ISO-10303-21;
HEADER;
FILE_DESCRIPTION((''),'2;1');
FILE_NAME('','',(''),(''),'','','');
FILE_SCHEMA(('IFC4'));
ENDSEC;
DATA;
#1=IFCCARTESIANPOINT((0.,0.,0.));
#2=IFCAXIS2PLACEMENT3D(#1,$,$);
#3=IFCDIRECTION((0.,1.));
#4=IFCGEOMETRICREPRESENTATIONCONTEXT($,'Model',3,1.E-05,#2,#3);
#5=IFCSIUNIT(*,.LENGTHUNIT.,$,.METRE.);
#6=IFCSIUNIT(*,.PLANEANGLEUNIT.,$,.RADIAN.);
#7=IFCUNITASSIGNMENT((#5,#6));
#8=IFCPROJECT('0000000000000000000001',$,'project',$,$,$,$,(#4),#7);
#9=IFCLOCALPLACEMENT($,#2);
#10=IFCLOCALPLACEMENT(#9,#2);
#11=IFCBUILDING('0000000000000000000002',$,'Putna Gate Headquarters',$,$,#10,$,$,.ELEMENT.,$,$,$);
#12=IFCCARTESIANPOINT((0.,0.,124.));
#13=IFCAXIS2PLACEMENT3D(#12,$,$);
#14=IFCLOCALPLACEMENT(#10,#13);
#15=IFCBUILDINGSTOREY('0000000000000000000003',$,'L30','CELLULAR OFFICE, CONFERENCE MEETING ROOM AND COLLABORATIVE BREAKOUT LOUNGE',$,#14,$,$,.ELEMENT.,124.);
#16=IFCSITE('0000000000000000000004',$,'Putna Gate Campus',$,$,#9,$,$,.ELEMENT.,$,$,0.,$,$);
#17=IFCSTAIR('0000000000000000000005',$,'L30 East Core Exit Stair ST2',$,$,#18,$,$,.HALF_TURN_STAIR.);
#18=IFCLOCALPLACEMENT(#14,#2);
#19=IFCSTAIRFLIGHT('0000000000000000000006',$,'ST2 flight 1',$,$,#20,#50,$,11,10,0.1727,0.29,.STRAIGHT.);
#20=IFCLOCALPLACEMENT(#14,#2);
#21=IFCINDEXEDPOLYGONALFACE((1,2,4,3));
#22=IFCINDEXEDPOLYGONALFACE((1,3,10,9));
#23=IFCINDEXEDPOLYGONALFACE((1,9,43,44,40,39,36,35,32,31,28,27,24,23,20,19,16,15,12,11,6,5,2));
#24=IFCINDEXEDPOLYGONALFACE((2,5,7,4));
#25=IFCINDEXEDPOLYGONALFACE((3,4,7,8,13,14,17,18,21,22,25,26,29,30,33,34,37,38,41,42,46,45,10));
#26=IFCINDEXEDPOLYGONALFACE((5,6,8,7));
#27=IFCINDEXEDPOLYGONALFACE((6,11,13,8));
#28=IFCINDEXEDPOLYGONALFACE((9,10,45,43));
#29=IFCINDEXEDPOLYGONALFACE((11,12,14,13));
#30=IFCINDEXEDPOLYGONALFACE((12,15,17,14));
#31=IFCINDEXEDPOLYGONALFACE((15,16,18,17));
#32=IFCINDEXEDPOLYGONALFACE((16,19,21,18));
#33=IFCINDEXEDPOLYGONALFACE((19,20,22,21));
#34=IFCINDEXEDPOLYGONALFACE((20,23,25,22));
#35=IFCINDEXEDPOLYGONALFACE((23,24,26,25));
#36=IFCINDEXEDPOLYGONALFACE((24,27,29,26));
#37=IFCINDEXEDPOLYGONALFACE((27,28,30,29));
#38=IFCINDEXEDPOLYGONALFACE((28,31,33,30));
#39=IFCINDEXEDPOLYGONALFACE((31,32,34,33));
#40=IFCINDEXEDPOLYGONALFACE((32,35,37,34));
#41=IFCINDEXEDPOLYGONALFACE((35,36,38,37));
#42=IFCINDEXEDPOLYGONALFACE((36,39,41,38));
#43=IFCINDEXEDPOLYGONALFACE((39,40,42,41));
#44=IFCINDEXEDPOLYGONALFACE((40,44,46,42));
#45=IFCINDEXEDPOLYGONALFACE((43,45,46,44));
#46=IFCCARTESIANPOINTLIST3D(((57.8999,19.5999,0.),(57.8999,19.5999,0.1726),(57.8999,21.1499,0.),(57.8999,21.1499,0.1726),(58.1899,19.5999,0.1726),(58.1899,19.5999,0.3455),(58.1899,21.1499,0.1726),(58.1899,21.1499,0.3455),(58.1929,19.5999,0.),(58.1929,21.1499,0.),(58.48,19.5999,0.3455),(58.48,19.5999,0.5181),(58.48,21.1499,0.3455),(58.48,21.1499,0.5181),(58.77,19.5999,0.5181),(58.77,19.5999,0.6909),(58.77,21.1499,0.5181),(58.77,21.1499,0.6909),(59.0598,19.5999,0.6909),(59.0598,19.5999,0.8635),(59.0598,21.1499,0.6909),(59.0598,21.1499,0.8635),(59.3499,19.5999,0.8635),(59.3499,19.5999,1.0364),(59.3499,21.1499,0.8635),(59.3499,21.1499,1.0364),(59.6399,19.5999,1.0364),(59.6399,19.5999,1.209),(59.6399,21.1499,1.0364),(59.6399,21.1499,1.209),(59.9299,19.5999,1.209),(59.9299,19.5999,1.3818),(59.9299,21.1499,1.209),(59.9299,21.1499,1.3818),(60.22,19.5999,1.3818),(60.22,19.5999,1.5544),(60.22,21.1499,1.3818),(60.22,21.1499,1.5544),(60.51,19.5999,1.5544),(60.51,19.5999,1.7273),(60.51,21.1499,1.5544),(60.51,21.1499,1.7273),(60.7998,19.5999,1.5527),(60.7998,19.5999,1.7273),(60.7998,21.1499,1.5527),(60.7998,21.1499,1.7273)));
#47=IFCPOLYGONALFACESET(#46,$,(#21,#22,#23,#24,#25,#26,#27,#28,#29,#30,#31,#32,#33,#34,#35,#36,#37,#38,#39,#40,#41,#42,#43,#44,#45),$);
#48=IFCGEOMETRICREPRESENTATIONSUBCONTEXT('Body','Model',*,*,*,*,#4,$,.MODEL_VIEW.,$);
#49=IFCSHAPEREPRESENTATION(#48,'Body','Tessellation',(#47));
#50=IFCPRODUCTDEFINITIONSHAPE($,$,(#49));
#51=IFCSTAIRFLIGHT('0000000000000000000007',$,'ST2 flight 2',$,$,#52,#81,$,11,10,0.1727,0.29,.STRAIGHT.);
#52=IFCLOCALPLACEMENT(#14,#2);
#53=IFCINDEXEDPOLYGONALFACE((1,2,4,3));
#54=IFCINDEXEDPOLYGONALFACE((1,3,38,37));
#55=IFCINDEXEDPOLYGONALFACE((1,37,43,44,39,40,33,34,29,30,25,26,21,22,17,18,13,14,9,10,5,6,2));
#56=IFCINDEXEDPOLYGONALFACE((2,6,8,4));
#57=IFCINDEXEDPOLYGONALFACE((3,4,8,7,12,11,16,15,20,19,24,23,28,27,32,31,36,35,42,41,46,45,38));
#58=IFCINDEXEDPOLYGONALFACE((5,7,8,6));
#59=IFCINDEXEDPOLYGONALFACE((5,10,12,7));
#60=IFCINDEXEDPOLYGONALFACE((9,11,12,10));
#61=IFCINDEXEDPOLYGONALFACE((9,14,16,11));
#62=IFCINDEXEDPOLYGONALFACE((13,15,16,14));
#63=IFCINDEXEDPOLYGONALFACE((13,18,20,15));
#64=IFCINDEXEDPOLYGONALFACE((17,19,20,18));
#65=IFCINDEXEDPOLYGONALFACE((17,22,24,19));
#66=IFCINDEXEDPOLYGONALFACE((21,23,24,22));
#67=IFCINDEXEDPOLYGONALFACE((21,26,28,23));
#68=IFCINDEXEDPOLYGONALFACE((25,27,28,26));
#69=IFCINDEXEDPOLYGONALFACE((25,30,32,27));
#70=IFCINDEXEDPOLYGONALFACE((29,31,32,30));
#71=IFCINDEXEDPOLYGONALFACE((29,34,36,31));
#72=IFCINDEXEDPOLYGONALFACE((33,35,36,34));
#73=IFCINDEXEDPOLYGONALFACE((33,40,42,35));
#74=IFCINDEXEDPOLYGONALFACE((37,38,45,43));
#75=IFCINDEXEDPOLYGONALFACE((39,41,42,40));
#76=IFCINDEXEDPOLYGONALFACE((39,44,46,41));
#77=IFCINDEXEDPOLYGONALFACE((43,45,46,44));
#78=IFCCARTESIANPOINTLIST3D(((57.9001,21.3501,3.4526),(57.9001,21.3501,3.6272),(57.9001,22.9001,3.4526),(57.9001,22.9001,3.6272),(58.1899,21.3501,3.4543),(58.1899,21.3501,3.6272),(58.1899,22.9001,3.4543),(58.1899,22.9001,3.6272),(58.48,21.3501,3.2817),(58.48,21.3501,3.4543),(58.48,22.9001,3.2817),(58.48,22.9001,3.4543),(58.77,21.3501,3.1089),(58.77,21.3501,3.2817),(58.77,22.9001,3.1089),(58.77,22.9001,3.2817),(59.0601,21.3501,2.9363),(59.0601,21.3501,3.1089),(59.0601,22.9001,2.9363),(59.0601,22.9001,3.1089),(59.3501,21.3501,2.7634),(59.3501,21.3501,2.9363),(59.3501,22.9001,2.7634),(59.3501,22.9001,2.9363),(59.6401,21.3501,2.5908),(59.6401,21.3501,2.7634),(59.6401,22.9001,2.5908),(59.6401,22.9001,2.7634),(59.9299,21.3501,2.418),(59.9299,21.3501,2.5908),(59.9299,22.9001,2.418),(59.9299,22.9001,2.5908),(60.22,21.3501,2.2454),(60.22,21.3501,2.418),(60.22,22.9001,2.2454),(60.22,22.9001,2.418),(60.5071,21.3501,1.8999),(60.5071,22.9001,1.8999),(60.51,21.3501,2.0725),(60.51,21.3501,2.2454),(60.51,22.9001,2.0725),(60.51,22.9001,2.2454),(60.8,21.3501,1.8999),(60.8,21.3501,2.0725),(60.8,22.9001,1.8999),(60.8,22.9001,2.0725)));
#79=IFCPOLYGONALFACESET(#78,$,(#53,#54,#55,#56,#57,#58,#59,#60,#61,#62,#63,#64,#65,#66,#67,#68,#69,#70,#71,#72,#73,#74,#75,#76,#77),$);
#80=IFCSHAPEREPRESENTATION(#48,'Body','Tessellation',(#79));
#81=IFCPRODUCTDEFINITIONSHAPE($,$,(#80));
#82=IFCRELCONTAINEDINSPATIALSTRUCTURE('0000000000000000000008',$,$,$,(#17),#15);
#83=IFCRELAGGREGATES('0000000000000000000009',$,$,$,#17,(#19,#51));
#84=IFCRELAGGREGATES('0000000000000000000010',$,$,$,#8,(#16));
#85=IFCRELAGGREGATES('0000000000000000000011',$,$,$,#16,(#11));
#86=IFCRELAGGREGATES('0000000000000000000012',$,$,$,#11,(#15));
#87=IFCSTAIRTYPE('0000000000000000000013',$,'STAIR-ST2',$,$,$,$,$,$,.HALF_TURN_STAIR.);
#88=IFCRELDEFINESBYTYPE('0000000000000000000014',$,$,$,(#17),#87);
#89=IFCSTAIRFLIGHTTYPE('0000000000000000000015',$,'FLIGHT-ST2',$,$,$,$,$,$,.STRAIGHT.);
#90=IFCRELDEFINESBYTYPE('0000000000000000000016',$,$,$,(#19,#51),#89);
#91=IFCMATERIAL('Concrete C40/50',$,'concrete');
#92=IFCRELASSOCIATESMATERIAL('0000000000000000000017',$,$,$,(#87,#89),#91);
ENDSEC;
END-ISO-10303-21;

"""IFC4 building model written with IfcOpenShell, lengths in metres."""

from ifc_helpers import new_model, si_unit, direction, frame, origin, place, context, subcontext, project, spatial, polyline, outline, extrude, material, type_object, element, aggregate, save


model = new_model("IFC4")

# Units and contexts
model_context = context("Model", 3, precision=1e-05, world=origin(), true_north=direction((0.0, 1.0)))
body_context = subcontext(model_context, "Body", "Model", "MODEL_VIEW")
ifc_project = project(units=[si_unit("LENGTHUNIT", "METRE"), si_unit("PLANEANGLEUNIT", "RADIAN")], contexts=[model_context])

# Site, building, storey
site_placement = place(None, origin())
site = spatial("IfcSite", under=ifc_project, at=site_placement, Name="Putna Gate Campus", CompositionType="ELEMENT", RefElevation=0.0)
building_placement = place(site_placement, origin())
building = spatial("IfcBuilding", under=site, at=building_placement, Name="Putna Gate Headquarters", CompositionType="ELEMENT")
storey_placement = place(building_placement, frame((0.0, 0.0, 124.0)))
storey = spatial("IfcBuildingStorey", under=building, at=storey_placement, Name="L30", Description="CELLULAR OFFICE, CONFERENCE MEETING ROOM AND COLLABORATIVE BREAKOUT LOUNGE", CompositionType="ELEMENT", Elevation=124.0)

# Shared definitions
ifc_material_1 = material(Name="Concrete C40/50", Category="concrete")

# Stair, stair flights
stair_type = type_object("IfcStairType", Name="STAIR-ST2", PredefinedType="HALF_TURN_STAIR", material=ifc_material_1)
stair_placement = place(storey_placement, origin())
stair = element("IfcStair", 1, at=stair_placement, inside=storey, type_object=stair_type, Name="L30 East Core Exit Stair ST2", PredefinedType="HALF_TURN_STAIR")
stair_flight_type = type_object("IfcStairFlightType", Name="FLIGHT-ST2", PredefinedType="STRAIGHT", material=ifc_material_1)
stair_flight_1_placement = place(storey_placement, frame((57.8999, 20.375, 0.0), z_axis=(0.0, 0.0, 1.0), x_axis=(1.0, 0.0, 0.0)))
stair_flight_1 = element("IfcStairFlight", 2, at=stair_flight_1_placement, type_object=stair_flight_type, Name="ST2 flight 1", NumberOfRisers=11, NumberOfTreads=10, PredefinedType="STRAIGHT", RiserHeight=0.1727, TreadLength=0.29, context=body_context, shape_type="SweptSolid", body=[
    extrude(outline(polyline([(0.0, 0.0), (0.0, 0.1726), (0.29, 0.1726), (0.29, 0.3455), (0.5801, 0.3455), (0.5801, 0.5181), (0.8701, 0.5181), (0.8701, 0.6909), (1.1599, 0.6909), (1.1599, 0.8635), (1.45, 0.8635), (1.45, 1.0364), (1.74, 1.0364), (1.74, 1.209), (2.03, 1.209), (2.03, 1.3818), (2.3201, 1.3818), (2.3201, 1.5544), (2.6101, 1.5544), (2.6101, 1.7273), (2.8999, 1.7273), (2.8999, 1.8999), (2.8999, 1.5527), (0.293, 0.0), (0.0, 0.0)])), frame((0.0, 0.7749, 0.0), z_axis=(0.0, -1.0, 0.0), x_axis=(1.0, 0.0, 0.0)), (0.0, 0.0, 1.0), 1.55),
])
stair_flight_2_placement = place(storey_placement, frame((60.8, 22.125, 1.8999), z_axis=(0.0, 0.0, 1.0), x_axis=(-1.0, 0.0, 0.0)))
stair_flight_2 = element("IfcStairFlight", 3, at=stair_flight_2_placement, type_object=stair_flight_type, Name="ST2 flight 2", NumberOfRisers=11, NumberOfTreads=10, PredefinedType="STRAIGHT", RiserHeight=0.1727, TreadLength=0.29, context=body_context, shape_type="SweptSolid", body=[
    extrude(outline(polyline([(0.0, 0.0), (0.0, 0.1726), (0.29, 0.1726), (0.29, 0.3455), (0.5801, 0.3455), (0.5801, 0.5181), (0.8701, 0.5181), (0.8701, 0.6909), (1.1599, 0.6909), (1.1599, 0.8635), (1.45, 0.8635), (1.45, 1.0364), (1.74, 1.0364), (1.74, 1.209), (2.03, 1.209), (2.03, 1.3818), (2.3201, 1.3818), (2.3201, 1.5544), (2.6101, 1.5544), (2.6101, 1.7273), (2.8999, 1.7273), (2.8999, 1.8999), (2.8999, 1.5527), (0.293, 0.0), (0.0, 0.0)])), frame((0.0, 0.7749, 0.0), z_axis=(0.0, -1.0, 0.0), x_axis=(1.0, 0.0, 0.0)), (0.0, 0.0, 1.0), 1.55),
])
aggregate(stair, [stair_flight_1, stair_flight_2])

save(model, "model.ifc")
